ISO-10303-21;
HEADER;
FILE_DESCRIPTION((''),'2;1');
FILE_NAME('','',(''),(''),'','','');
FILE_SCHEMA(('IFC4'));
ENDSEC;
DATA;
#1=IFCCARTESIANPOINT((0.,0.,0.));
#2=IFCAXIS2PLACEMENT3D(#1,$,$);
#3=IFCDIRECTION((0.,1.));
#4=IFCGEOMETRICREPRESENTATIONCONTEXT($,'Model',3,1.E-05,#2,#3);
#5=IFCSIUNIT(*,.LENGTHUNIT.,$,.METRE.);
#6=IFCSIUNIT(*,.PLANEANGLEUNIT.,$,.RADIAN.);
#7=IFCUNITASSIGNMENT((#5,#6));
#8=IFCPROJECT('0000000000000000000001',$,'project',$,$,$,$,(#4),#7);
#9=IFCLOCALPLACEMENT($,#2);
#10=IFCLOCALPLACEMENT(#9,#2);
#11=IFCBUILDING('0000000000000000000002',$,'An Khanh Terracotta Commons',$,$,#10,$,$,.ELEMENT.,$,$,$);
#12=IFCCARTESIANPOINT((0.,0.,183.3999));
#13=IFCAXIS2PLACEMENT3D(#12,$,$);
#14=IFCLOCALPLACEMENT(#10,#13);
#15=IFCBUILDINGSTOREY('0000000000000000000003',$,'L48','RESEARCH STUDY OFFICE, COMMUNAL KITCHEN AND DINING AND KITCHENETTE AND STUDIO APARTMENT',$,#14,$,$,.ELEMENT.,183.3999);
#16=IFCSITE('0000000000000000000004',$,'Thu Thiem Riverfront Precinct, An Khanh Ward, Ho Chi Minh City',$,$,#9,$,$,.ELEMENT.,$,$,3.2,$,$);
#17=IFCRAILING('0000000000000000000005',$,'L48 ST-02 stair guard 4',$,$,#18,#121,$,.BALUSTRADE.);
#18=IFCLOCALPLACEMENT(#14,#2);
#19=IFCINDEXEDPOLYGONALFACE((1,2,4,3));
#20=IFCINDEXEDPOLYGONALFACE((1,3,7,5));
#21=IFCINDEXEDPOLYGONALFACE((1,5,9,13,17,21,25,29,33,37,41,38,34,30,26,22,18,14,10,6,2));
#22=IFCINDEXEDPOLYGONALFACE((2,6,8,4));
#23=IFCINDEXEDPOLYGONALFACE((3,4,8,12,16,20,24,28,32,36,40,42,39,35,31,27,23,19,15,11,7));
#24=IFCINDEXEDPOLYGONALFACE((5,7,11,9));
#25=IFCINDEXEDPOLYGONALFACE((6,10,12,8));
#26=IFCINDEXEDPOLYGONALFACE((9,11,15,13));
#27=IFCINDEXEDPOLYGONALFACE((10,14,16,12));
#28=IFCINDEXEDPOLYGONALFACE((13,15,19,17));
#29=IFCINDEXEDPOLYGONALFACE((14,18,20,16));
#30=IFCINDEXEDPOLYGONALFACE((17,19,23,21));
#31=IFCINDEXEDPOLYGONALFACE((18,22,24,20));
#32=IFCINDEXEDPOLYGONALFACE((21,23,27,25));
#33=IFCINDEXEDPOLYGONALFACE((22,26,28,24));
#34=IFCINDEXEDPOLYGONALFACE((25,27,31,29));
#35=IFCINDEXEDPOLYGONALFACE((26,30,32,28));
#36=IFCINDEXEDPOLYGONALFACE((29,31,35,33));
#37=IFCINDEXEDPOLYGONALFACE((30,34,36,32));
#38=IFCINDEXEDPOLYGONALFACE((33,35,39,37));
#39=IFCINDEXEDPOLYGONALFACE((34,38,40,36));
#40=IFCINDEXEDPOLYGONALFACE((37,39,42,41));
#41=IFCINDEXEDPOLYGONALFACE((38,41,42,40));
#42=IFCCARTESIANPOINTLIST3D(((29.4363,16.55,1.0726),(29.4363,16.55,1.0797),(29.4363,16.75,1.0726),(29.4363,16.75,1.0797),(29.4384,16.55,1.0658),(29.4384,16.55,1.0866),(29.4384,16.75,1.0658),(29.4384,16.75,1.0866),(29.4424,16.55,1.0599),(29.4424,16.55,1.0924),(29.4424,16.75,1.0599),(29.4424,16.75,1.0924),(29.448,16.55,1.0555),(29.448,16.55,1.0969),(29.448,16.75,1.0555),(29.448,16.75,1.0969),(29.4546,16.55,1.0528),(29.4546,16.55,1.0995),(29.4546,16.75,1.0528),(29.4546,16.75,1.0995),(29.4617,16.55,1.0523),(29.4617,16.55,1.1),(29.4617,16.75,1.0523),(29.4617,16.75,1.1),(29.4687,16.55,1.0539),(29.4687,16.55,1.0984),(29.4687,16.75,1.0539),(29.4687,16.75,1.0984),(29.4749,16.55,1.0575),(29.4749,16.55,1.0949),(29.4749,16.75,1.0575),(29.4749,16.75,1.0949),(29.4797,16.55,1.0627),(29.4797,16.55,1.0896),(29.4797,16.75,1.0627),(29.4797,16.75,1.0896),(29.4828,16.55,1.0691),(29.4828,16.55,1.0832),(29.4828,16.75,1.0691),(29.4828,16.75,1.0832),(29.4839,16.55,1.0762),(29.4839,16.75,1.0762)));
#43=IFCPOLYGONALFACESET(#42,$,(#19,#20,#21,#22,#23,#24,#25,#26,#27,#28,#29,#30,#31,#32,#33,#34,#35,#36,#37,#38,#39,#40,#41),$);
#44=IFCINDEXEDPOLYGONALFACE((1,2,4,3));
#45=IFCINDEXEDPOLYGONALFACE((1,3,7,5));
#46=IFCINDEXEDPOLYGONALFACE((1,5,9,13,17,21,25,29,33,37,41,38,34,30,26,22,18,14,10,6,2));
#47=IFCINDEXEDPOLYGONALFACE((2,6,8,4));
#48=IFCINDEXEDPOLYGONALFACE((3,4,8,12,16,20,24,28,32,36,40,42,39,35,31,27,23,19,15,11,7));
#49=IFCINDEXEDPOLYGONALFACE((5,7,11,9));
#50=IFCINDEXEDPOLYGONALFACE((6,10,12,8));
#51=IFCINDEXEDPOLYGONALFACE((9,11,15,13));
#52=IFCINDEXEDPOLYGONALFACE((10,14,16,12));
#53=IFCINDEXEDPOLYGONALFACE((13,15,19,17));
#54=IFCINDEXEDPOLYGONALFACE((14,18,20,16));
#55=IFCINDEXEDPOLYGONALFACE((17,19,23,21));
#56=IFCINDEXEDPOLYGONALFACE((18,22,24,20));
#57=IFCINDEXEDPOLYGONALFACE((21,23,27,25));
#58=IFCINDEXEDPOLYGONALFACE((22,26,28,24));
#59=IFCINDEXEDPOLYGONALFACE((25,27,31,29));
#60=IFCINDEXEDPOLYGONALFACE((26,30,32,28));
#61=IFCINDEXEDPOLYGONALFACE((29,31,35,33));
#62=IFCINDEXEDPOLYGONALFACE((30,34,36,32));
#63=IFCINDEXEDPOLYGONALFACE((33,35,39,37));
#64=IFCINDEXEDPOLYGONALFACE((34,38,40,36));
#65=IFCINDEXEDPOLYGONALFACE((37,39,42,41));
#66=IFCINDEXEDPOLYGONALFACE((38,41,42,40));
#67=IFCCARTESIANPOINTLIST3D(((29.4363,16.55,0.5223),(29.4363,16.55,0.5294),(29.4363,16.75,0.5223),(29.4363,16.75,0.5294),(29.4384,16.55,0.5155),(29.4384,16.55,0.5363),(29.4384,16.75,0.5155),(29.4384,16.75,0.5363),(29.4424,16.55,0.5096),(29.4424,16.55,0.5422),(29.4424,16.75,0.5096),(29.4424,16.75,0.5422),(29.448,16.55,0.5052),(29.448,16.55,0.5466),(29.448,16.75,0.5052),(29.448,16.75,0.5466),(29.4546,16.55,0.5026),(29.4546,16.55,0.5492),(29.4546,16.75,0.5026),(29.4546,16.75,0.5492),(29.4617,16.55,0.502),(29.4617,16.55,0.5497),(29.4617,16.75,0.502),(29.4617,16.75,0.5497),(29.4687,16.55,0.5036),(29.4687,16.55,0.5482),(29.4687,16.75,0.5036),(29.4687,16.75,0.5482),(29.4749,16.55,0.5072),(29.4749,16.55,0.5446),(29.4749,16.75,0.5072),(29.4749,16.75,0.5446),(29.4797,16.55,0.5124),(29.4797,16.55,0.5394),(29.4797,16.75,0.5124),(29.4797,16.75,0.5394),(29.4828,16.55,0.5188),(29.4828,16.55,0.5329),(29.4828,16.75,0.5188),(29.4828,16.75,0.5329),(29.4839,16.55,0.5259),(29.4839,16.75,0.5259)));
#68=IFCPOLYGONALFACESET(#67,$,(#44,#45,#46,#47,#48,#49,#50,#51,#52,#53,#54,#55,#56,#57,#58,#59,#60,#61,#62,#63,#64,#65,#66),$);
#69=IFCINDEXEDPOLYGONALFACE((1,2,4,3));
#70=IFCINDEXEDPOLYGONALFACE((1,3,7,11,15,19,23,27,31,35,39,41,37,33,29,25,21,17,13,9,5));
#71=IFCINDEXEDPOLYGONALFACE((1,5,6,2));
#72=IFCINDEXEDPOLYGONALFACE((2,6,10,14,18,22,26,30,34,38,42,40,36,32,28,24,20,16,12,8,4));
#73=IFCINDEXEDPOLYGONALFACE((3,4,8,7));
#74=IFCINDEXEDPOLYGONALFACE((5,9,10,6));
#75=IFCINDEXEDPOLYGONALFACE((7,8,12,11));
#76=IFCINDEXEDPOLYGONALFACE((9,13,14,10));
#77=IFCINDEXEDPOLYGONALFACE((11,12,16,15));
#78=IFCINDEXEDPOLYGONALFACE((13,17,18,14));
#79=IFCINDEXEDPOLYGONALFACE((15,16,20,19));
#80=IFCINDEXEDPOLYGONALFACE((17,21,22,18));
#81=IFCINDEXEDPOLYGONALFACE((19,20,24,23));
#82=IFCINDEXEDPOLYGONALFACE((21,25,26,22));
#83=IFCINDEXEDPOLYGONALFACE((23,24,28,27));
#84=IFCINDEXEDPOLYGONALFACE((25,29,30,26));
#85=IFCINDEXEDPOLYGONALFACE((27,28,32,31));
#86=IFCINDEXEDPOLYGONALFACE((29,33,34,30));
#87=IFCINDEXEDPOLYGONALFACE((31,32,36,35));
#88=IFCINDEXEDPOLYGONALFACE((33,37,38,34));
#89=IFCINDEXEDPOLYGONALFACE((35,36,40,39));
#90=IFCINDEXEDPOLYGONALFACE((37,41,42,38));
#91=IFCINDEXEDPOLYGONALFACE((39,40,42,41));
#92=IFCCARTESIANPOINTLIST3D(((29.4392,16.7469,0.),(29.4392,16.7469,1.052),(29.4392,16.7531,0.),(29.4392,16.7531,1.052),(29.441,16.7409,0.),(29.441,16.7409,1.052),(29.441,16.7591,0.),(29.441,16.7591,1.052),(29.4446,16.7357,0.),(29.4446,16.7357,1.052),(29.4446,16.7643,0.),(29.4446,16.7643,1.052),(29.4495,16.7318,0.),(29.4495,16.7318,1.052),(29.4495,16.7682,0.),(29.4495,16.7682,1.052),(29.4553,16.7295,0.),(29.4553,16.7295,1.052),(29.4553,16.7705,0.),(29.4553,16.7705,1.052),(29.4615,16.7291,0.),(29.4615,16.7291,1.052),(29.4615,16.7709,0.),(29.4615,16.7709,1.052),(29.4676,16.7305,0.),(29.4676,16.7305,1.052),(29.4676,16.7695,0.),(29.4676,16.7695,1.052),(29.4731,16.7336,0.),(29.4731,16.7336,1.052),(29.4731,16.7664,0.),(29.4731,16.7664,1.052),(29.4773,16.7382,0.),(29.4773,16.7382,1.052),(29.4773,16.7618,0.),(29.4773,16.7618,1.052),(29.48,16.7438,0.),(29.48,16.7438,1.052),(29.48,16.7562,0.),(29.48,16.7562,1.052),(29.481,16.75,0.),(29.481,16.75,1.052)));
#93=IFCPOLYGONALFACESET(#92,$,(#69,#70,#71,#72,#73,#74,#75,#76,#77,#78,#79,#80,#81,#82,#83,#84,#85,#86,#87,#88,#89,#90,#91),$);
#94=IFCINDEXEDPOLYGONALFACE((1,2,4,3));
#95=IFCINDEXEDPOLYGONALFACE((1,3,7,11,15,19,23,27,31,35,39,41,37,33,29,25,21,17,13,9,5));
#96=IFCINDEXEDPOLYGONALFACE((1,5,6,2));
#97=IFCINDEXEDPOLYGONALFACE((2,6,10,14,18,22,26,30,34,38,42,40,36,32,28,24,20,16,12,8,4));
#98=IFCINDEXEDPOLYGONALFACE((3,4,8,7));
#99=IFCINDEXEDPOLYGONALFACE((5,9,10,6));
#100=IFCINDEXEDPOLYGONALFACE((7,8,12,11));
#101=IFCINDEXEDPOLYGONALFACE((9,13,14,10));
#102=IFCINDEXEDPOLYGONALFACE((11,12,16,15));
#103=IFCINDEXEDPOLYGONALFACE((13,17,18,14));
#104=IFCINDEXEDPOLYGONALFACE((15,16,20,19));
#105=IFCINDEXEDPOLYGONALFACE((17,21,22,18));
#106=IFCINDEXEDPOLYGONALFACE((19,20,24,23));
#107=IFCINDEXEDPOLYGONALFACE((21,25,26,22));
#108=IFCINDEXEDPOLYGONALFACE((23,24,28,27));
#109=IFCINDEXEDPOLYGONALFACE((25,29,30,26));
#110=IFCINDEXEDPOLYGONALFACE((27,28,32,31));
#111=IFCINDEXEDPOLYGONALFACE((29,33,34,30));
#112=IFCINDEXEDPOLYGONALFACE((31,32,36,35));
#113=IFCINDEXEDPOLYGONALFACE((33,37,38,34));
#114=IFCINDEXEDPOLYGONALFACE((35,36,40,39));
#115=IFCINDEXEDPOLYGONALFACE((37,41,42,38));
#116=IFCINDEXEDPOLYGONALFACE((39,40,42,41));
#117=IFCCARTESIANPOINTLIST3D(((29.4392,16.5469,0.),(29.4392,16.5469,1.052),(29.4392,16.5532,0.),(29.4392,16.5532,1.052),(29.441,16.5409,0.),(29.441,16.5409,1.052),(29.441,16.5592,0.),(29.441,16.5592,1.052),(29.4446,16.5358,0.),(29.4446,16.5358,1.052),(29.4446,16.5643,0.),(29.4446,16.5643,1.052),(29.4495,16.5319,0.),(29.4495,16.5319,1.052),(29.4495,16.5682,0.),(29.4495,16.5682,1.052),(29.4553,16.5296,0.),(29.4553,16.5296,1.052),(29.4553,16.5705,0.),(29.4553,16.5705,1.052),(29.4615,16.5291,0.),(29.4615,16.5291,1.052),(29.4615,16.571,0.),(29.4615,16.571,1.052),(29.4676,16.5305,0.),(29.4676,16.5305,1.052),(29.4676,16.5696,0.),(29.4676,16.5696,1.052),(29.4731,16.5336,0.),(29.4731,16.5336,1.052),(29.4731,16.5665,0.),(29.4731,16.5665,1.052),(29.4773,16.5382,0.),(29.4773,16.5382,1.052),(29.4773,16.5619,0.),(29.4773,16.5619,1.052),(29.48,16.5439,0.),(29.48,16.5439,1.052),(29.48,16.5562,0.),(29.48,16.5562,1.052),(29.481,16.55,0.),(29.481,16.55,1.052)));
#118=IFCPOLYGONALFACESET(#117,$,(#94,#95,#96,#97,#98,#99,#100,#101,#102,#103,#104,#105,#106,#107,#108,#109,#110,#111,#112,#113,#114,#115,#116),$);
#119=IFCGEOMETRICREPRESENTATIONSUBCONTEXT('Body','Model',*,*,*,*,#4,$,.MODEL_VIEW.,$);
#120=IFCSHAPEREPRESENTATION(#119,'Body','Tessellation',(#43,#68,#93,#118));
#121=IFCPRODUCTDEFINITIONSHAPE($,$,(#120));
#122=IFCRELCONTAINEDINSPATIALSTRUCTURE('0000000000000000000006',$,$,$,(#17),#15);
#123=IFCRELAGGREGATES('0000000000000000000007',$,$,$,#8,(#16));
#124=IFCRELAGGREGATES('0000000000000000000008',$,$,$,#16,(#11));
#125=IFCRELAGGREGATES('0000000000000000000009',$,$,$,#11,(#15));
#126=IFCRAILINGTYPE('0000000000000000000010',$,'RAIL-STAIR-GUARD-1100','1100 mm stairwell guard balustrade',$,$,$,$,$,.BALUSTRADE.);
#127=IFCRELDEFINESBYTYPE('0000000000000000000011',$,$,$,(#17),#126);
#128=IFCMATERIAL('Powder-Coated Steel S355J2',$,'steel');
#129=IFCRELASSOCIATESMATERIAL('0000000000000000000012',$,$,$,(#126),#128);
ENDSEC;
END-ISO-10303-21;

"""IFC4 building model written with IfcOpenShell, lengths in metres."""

from ifc_helpers import new_model, si_unit, direction, frame, origin, origin_2d, place, context, subcontext, project, spatial, circle, extrude, material, type_object, element, save


model = new_model("IFC4")

# Units and contexts
model_context = context("Model", 3, precision=1e-05, world=origin(), true_north=direction((0.0, 1.0)))
body_context = subcontext(model_context, "Body", "Model", "MODEL_VIEW")
ifc_project = project(units=[si_unit("LENGTHUNIT", "METRE"), si_unit("PLANEANGLEUNIT", "RADIAN")], contexts=[model_context])

# Site, building, storey
site_placement = place(None, origin())
site = spatial("IfcSite", under=ifc_project, at=site_placement, Name="Thu Thiem Riverfront Precinct, An Khanh Ward, Ho Chi Minh City", CompositionType="ELEMENT", RefElevation=3.2)
building_placement = place(site_placement, origin())
building = spatial("IfcBuilding", under=site, at=building_placement, Name="An Khanh Terracotta Commons", CompositionType="ELEMENT")
storey_placement = place(building_placement, frame((0.0, 0.0, 183.3999)))
storey = spatial("IfcBuildingStorey", under=building, at=storey_placement, Name="L48", Description="RESEARCH STUDY OFFICE, COMMUNAL KITCHEN AND DINING AND KITCHENETTE AND STUDIO APARTMENT", CompositionType="ELEMENT", Elevation=183.3999)

# Railing
ifc_material_1 = material(Name="Powder-Coated Steel S355J2", Category="steel")
railing_type_1 = type_object("IfcRailingType", Name="RAIL-STAIR-GUARD-1100", Description="1100 mm stairwell guard balustrade", PredefinedType="BALUSTRADE", material=ifc_material_1)
railing_1_placement = place(storey_placement, frame((29.46, 16.75, 0.0)))
element("IfcRailing", 1, at=railing_1_placement, inside=storey, type_object=railing_type_1, Name="L48 ST-02 stair guard 4", PredefinedType="BALUSTRADE", context=body_context, shape_type="SweptSolid", body=[
    extrude(circle(Radius=0.0239, at=origin_2d()), frame((0.0, 0.0, 1.0762), z_axis=(0.0, -1.0, 0.0), x_axis=(1.0, 0.0, 0.0)), (0.0, 0.0, 1.0), 0.2),
    extrude(circle(Radius=0.0239, at=origin_2d()), frame((0.0, 0.0, 0.5259), z_axis=(0.0, -1.0, 0.0), x_axis=(1.0, 0.0, 0.0)), (0.0, 0.0, 1.0), 0.2),
    extrude(circle(Radius=0.021, at=origin_2d()), origin(), (0.0, 0.0, 1.0), 1.052),
    extrude(circle(Radius=0.021, at=origin_2d()), frame((0.0, -0.2, 0.0)), (0.0, 0.0, 1.0), 1.052),
])

save(model, "model.ifc")
